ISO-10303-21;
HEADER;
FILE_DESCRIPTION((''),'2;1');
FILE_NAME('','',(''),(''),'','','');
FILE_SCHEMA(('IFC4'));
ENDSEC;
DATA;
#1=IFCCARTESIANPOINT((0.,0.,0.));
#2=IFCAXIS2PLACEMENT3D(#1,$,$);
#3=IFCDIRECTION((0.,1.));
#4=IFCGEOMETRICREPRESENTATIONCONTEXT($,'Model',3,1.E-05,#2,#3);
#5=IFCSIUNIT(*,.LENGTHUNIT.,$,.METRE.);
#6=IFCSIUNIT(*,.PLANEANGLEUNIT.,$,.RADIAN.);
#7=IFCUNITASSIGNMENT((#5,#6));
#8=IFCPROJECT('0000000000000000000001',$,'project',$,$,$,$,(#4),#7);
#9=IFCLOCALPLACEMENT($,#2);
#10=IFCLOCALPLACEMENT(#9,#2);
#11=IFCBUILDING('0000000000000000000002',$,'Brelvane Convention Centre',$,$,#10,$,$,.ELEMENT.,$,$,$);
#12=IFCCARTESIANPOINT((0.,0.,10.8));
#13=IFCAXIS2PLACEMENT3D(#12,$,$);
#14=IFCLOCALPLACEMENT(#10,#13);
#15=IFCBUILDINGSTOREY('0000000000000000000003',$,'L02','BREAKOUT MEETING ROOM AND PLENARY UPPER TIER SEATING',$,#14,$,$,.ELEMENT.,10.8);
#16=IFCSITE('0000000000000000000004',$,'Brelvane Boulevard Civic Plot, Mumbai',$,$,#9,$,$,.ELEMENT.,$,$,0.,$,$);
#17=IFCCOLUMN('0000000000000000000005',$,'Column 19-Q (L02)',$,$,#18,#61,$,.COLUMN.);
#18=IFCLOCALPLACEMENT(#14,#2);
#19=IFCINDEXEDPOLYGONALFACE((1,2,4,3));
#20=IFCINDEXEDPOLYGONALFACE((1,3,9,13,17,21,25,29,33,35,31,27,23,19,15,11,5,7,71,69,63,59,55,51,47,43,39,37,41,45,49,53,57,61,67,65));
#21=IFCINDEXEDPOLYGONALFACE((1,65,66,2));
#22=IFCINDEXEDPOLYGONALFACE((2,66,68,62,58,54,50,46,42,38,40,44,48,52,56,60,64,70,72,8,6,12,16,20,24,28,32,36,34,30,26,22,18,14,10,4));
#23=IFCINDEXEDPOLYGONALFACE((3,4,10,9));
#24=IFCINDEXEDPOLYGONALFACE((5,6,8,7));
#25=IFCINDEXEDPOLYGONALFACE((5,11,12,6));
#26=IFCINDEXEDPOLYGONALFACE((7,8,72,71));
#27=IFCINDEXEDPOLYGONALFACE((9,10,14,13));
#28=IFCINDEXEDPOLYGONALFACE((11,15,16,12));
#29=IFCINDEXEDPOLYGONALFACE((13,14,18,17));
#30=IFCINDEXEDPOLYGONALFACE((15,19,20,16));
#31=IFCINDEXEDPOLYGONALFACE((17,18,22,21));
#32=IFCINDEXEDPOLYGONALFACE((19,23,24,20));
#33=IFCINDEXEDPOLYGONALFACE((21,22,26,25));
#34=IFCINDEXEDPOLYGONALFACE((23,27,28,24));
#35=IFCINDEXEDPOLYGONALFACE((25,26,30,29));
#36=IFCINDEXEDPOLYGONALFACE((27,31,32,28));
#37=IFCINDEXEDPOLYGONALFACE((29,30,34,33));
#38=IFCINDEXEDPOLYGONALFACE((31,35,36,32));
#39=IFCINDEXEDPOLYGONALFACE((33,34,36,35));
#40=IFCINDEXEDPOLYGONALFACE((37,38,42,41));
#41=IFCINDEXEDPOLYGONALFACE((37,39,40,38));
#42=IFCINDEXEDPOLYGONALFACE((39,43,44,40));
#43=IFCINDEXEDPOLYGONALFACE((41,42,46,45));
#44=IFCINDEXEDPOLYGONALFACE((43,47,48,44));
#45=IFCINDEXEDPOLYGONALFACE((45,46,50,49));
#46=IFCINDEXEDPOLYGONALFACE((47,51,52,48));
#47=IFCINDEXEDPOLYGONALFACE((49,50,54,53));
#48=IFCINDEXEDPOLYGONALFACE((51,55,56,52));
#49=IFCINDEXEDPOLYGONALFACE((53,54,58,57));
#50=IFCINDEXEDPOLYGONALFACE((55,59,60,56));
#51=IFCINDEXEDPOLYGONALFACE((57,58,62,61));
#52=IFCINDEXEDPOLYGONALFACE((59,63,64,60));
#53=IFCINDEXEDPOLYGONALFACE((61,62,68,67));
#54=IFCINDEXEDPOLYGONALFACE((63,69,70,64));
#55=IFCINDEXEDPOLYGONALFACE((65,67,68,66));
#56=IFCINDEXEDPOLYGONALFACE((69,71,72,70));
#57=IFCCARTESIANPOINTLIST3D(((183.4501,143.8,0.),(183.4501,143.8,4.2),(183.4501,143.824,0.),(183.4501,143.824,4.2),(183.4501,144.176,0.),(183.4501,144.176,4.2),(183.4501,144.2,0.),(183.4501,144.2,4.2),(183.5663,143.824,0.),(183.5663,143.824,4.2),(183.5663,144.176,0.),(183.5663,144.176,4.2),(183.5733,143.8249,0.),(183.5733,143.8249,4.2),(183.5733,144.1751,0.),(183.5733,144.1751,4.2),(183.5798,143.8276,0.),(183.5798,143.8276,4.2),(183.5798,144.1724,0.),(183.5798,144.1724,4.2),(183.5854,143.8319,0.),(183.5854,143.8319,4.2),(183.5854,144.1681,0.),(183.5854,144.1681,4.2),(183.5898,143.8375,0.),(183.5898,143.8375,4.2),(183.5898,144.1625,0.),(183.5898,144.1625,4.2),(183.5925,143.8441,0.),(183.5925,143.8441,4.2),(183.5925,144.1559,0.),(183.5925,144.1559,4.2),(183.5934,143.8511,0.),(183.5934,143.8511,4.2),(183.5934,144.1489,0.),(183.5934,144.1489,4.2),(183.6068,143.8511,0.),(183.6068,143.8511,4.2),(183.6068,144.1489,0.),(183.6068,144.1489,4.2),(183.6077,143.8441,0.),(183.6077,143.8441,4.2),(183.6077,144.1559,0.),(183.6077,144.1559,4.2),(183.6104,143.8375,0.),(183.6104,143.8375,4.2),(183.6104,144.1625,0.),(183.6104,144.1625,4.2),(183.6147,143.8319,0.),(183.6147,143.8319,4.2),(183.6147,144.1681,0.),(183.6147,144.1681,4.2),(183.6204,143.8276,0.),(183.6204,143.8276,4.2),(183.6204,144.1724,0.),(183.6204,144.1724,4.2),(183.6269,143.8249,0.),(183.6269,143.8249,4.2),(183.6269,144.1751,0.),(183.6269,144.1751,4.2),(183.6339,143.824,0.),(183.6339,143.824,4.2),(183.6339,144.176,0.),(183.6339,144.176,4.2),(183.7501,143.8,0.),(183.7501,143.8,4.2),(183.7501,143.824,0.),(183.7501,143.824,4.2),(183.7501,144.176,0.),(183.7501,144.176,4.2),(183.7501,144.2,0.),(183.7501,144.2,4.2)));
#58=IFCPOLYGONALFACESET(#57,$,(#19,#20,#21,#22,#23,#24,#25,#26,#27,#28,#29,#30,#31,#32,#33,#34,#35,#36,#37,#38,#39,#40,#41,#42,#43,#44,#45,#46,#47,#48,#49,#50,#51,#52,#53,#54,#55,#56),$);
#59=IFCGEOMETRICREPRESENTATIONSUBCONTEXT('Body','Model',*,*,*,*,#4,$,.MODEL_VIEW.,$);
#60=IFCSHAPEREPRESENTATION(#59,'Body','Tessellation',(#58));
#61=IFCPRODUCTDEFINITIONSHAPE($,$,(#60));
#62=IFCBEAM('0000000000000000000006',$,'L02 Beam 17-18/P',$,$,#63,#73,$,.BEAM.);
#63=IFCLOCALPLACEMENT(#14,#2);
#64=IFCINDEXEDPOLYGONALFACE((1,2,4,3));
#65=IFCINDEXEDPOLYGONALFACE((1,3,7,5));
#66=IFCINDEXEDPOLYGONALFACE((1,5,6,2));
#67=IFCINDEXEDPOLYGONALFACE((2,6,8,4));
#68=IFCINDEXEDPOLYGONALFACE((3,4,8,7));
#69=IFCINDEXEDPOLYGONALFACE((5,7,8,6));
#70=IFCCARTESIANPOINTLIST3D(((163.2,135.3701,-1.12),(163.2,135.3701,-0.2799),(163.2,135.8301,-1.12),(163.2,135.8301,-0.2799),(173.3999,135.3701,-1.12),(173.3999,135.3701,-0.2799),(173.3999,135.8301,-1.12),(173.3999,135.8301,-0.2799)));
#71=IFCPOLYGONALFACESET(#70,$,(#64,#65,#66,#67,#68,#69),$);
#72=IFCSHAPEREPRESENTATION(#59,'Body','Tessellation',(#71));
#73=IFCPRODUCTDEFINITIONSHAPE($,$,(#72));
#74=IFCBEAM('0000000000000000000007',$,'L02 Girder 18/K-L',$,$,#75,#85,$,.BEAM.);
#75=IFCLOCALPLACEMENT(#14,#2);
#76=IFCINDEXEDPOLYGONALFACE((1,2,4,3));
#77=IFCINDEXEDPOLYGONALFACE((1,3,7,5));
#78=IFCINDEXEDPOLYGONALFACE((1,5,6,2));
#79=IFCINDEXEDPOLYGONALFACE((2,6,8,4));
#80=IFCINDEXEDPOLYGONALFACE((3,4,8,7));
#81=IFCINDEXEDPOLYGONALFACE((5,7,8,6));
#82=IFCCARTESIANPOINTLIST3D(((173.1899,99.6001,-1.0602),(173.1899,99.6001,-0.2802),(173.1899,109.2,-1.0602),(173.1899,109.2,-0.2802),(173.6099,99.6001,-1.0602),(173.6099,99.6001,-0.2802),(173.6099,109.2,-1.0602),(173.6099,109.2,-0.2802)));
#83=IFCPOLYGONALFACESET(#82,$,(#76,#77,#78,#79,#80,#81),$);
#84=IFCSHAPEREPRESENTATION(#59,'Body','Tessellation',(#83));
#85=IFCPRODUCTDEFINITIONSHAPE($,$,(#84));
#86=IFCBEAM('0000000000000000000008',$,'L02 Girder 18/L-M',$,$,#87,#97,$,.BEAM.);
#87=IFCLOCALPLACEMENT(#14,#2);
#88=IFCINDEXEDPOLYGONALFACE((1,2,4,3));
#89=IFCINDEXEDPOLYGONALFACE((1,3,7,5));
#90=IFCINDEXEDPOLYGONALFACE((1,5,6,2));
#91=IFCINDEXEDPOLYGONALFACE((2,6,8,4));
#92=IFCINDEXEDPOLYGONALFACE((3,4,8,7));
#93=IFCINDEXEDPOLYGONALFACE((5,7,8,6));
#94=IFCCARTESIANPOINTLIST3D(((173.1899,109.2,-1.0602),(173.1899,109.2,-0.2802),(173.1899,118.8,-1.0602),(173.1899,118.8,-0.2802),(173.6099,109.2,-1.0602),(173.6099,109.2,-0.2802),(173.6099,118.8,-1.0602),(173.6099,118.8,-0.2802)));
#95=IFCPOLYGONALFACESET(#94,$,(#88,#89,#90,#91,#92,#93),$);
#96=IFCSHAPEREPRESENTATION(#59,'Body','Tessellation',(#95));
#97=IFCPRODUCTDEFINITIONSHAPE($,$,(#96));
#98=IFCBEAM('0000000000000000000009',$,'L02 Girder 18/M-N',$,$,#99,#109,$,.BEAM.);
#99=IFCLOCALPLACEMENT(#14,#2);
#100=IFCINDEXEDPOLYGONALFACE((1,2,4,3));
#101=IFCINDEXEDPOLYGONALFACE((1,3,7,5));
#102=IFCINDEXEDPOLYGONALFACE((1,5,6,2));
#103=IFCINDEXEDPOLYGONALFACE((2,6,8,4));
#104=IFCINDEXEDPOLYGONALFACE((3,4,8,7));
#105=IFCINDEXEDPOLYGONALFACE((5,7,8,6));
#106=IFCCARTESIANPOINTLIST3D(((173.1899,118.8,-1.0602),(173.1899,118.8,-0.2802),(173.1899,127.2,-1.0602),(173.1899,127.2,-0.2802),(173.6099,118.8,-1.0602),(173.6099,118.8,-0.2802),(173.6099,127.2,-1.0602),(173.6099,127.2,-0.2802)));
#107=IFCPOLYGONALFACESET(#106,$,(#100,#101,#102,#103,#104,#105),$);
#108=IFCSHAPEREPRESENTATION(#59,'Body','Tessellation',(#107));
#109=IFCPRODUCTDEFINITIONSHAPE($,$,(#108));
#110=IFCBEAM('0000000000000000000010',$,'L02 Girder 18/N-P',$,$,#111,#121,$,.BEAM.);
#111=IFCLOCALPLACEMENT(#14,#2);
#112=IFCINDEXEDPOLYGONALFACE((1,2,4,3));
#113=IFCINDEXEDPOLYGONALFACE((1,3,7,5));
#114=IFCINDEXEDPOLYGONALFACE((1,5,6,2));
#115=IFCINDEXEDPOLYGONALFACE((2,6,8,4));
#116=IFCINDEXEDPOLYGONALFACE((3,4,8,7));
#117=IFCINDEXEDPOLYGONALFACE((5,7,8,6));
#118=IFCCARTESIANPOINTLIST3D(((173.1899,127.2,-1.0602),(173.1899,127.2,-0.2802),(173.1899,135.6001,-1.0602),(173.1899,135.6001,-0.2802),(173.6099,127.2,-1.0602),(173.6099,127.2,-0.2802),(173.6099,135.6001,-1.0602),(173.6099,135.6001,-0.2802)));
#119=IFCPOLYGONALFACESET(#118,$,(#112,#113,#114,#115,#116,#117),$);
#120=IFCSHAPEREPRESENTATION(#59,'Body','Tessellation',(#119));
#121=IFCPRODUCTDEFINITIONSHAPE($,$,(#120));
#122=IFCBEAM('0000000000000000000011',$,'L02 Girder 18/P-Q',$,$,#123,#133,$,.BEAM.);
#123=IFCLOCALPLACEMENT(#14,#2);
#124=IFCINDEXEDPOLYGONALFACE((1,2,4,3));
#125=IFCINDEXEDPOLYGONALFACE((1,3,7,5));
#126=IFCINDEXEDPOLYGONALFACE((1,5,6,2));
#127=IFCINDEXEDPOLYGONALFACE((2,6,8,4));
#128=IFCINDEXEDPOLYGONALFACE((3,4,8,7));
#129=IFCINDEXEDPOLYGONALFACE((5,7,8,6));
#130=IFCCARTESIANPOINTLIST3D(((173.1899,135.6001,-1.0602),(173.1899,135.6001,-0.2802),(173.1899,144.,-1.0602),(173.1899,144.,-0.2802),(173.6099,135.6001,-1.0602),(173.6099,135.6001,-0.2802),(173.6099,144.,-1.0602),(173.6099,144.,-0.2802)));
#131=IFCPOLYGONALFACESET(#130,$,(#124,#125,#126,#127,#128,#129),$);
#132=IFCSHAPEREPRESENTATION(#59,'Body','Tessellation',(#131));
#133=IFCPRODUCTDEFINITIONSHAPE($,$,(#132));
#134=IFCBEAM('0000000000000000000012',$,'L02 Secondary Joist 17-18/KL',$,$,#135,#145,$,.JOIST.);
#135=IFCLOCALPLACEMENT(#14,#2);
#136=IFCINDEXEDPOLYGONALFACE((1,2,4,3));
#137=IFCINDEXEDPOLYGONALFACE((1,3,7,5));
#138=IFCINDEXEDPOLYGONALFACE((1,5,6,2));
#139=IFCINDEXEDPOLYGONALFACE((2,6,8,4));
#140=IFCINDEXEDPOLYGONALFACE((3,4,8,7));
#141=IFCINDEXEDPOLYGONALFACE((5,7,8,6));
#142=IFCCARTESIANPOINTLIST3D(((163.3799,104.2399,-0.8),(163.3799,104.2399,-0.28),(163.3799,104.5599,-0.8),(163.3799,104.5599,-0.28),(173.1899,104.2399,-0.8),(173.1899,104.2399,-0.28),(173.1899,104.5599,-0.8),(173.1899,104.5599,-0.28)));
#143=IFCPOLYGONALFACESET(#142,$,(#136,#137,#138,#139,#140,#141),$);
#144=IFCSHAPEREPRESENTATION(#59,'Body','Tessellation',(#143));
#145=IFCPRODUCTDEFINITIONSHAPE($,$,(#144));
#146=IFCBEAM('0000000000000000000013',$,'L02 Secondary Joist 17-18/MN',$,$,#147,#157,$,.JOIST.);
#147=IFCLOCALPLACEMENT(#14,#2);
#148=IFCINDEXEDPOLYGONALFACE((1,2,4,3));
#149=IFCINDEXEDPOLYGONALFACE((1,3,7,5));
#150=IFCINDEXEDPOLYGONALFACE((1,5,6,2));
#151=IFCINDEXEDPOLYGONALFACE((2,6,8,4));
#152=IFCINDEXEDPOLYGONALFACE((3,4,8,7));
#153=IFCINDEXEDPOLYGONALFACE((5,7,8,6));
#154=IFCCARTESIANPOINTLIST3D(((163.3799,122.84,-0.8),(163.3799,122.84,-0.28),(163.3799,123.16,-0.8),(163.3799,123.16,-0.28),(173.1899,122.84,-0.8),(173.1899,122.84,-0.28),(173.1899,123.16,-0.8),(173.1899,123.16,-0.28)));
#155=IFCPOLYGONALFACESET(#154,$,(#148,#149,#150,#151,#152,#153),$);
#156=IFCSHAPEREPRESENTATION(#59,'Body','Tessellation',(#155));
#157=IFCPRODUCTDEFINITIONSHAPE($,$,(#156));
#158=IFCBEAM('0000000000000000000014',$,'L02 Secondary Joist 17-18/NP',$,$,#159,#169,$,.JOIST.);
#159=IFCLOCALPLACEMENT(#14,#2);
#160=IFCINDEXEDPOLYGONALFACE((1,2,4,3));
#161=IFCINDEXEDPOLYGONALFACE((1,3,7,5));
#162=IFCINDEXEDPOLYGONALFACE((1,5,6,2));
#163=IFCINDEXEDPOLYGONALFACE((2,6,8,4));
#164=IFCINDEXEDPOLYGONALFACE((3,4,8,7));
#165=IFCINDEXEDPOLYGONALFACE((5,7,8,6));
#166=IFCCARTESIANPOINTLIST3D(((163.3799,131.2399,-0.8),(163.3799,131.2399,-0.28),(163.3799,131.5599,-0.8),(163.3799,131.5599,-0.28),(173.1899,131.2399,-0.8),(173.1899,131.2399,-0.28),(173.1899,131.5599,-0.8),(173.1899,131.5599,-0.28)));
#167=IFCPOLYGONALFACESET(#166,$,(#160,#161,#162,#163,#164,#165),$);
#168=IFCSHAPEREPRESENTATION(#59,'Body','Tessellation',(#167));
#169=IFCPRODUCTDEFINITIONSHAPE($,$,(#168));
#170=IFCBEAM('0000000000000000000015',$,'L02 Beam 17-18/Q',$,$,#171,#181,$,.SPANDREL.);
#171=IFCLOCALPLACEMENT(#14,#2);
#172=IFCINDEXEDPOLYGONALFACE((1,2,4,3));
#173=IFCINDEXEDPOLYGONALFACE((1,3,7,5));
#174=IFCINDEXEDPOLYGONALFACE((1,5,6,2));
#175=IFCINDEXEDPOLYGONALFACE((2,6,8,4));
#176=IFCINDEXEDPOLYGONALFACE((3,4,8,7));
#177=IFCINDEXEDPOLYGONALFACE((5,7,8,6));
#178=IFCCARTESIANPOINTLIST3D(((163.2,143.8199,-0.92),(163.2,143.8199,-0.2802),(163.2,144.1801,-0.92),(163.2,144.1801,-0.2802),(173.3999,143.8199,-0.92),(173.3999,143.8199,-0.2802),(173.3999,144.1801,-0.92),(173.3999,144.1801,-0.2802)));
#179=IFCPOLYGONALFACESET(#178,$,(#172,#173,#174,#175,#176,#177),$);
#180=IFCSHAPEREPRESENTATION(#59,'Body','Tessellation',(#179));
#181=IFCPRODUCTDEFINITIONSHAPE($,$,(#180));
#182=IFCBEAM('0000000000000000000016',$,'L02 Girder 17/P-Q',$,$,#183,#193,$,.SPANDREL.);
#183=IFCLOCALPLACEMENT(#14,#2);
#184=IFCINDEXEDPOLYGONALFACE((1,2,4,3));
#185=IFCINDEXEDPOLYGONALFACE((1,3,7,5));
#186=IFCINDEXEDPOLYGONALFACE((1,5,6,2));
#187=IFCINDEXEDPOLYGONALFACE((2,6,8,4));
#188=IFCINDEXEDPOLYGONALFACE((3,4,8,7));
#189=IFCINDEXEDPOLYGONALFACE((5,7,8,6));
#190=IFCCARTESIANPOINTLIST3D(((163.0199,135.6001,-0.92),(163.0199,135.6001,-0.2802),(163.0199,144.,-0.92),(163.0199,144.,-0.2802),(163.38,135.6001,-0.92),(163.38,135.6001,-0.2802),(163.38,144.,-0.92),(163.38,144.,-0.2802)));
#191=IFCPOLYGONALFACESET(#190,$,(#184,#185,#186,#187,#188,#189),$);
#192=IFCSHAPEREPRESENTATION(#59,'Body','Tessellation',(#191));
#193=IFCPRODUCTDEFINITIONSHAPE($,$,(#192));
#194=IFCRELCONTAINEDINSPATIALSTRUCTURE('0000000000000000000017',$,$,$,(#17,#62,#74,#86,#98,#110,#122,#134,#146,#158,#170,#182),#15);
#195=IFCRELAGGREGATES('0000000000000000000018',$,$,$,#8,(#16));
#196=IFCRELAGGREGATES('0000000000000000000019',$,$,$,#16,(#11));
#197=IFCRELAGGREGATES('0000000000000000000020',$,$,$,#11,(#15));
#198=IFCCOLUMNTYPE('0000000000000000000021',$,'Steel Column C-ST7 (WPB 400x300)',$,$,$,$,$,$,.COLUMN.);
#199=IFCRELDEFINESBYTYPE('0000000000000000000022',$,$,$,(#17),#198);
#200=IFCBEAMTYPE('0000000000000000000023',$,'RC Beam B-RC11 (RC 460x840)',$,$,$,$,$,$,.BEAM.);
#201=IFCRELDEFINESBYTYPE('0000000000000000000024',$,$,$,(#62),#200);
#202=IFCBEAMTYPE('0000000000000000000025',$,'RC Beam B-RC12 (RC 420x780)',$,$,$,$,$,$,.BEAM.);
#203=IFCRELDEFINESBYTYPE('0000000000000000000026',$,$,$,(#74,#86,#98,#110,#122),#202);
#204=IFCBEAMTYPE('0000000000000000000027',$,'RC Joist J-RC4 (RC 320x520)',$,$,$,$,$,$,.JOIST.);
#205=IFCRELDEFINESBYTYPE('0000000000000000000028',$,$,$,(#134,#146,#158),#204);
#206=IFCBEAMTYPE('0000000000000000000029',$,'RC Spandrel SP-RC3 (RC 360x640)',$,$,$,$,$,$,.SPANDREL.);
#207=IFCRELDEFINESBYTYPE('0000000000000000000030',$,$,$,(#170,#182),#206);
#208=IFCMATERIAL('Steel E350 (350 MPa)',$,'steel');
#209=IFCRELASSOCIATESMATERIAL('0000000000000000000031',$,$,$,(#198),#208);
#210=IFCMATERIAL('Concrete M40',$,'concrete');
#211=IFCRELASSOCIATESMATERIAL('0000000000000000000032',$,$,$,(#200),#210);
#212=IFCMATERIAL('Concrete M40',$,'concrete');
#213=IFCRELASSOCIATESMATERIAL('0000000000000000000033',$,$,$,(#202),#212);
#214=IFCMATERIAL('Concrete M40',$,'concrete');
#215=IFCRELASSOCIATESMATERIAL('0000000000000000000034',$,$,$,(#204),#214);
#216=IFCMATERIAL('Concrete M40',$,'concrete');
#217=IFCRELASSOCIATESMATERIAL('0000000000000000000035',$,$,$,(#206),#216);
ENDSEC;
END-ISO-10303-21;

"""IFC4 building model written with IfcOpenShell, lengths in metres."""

from ifc_helpers import new_model, si_unit, direction, frame, origin, origin_2d, place, context, subcontext, project, spatial, rectangle, i_section, extrude, material, material_profile, profile_set, type_object, element, save


model = new_model("IFC4")

# Units and contexts
model_context = context("Model", 3, precision=1e-05, world=origin(), true_north=direction((0.0, 1.0)))
body_context = subcontext(model_context, "Body", "Model", "MODEL_VIEW")
ifc_project = project(units=[si_unit("LENGTHUNIT", "METRE"), si_unit("PLANEANGLEUNIT", "RADIAN")], contexts=[model_context])

# Site, building, storey
site_placement = place(None, origin())
site = spatial("IfcSite", under=ifc_project, at=site_placement, Name="Brelvane Boulevard Civic Plot, Mumbai", CompositionType="ELEMENT", RefElevation=0.0)
building_placement = place(site_placement, origin())
building = spatial("IfcBuilding", under=site, at=building_placement, Name="Brelvane Convention Centre", CompositionType="ELEMENT")
storey_placement = place(building_placement, frame((0.0, 0.0, 10.8)))
storey = spatial("IfcBuildingStorey", under=building, at=storey_placement, Name="L02", Description="BREAKOUT MEETING ROOM AND PLENARY UPPER TIER SEATING", CompositionType="ELEMENT", Elevation=10.8)

# Column
ifc_material_1 = material(Name="Steel E350 (350 MPa)", Category="steel")
ifc_material_profile_1 = material_profile(ifc_material_1, i_section(OverallWidth=0.3, OverallDepth=0.3999, WebThickness=0.0134, FlangeThickness=0.0239, FilletRadius=0.0271, at=origin_2d()), Name="WPB 400x300")
ifc_profile_set_1 = profile_set([ifc_material_profile_1], Name="Steel E350 (350 MPa)")
column_type_1 = type_object("IfcColumnType", Name="Steel Column C-ST7 (WPB 400x300)", PredefinedType="COLUMN", material=ifc_profile_set_1)
for number, where, z_axis, x_axis, name in (
    (1, (183.6001, 144.0, 0.0), (0.0, 0.0, 1.0), (1.0, 0.0, 0.0), "Column 19-Q (L02)"),
):
    element("IfcColumn", number, at=place(storey_placement, frame(where, z_axis=z_axis, x_axis=x_axis)), inside=storey, type_object=column_type_1, Name=name, PredefinedType="COLUMN", context=body_context, shape_type="SweptSolid", body=[
        extrude(i_section(OverallWidth=0.3, OverallDepth=0.3999, WebThickness=0.0134, FlangeThickness=0.0239, FilletRadius=0.0271, at=origin_2d()), origin(), (0.0, 0.0, 1.0), 4.2),
    ])

# Beams
ifc_material_2 = material(Name="Concrete M40", Category="concrete")
ifc_material_profile_2 = material_profile(ifc_material_2, rectangle(XDim=0.46, YDim=0.8401, at=origin_2d()), Name="RC 460x840")
ifc_profile_set_2 = profile_set([ifc_material_profile_2], Name="Concrete M40")
beam_type_1 = type_object("IfcBeamType", Name="RC Beam B-RC11 (RC 460x840)", PredefinedType="BEAM", material=ifc_profile_set_2)
beam_1_placement = place(storey_placement, frame((163.2, 135.6001, -0.7), z_axis=(1.0, 0.0, 0.0), x_axis=(0.0, 1.0, 0.0)))
element("IfcBeam", 2, at=beam_1_placement, inside=storey, type_object=beam_type_1, Name="L02 Beam 17-18/P", PredefinedType="BEAM", context=body_context, shape_type="SweptSolid", body=[
    extrude(rectangle(XDim=0.46, YDim=0.8401, at=origin_2d()), origin(), (0.0, 0.0, 1.0), 10.2),
])
ifc_material_3 = material(Name="Concrete M40", Category="concrete")
ifc_material_profile_3 = material_profile(ifc_material_3, rectangle(XDim=0.4199, YDim=0.78, at=origin_2d()), Name="RC 420x780")
ifc_profile_set_3 = profile_set([ifc_material_profile_3], Name="Concrete M40")
beam_type_2 = type_object("IfcBeamType", Name="RC Beam B-RC12 (RC 420x780)", PredefinedType="BEAM", material=ifc_profile_set_3)
beam_2_placement = place(storey_placement, frame((173.3999, 99.6001, -0.6702), z_axis=(0.0, 1.0, 0.0), x_axis=(-1.0, 0.0, 0.0)))
element("IfcBeam", 3, at=beam_2_placement, inside=storey, type_object=beam_type_2, Name="L02 Girder 18/K-L", PredefinedType="BEAM", context=body_context, shape_type="SweptSolid", body=[
    extrude(rectangle(XDim=0.4199, YDim=0.78, at=origin_2d()), origin(), (0.0, 0.0, 1.0), 9.5999),
])
beam_3_placement = place(storey_placement, frame((173.3999, 109.2, -0.6702), z_axis=(0.0, 1.0, 0.0), x_axis=(-1.0, 0.0, 0.0)))
element("IfcBeam", 4, at=beam_3_placement, inside=storey, type_object=beam_type_2, Name="L02 Girder 18/L-M", PredefinedType="BEAM", context=body_context, shape_type="SweptSolid", body=[
    extrude(rectangle(XDim=0.4199, YDim=0.78, at=origin_2d()), origin(), (0.0, 0.0, 1.0), 9.6001),
])
beam_4_placement = place(storey_placement, frame((173.3999, 118.8, -0.6702), z_axis=(0.0, 1.0, 0.0), x_axis=(-1.0, 0.0, 0.0)))
element("IfcBeam", 5, at=beam_4_placement, inside=storey, type_object=beam_type_2, Name="L02 Girder 18/M-N", PredefinedType="BEAM", context=body_context, shape_type="SweptSolid", body=[
    extrude(rectangle(XDim=0.4199, YDim=0.78, at=origin_2d()), origin(), (0.0, 0.0, 1.0), 8.3999),
])
beam_5_placement = place(storey_placement, frame((173.3999, 127.2, -0.6702), z_axis=(0.0, 1.0, 0.0), x_axis=(-1.0, 0.0, 0.0)))
element("IfcBeam", 6, at=beam_5_placement, inside=storey, type_object=beam_type_2, Name="L02 Girder 18/N-P", PredefinedType="BEAM", context=body_context, shape_type="SweptSolid", body=[
    extrude(rectangle(XDim=0.4199, YDim=0.78, at=origin_2d()), origin(), (0.0, 0.0, 1.0), 8.4001),
])
beam_6_placement = place(storey_placement, frame((173.3999, 135.6001, -0.6702), z_axis=(0.0, 1.0, 0.0), x_axis=(-1.0, 0.0, 0.0)))
element("IfcBeam", 7, at=beam_6_placement, inside=storey, type_object=beam_type_2, Name="L02 Girder 18/P-Q", PredefinedType="BEAM", context=body_context, shape_type="SweptSolid", body=[
    extrude(rectangle(XDim=0.4199, YDim=0.78, at=origin_2d()), origin(), (0.0, 0.0, 1.0), 8.3999),
])
ifc_material_4 = material(Name="Concrete M40", Category="concrete")
ifc_material_profile_4 = material_profile(ifc_material_4, rectangle(XDim=0.3201, YDim=0.52, at=origin_2d()), Name="RC 320x520")
ifc_profile_set_4 = profile_set([ifc_material_profile_4], Name="Concrete M40")
beam_type_3 = type_object("IfcBeamType", Name="RC Joist J-RC4 (RC 320x520)", PredefinedType="JOIST", material=ifc_profile_set_4)
for number, where, z_axis, x_axis, name in (
    (8, (163.3799, 104.3999, -0.54), (1.0, 0.0, 0.0), (0.0, 1.0, 0.0), "L02 Secondary Joist 17-18/KL"),
    (9, (163.3799, 123.0, -0.54), (1.0, 0.0, 0.0), (0.0, 1.0, 0.0), "L02 Secondary Joist 17-18/MN"),
    (10, (163.3799, 131.3999, -0.54), (1.0, 0.0, 0.0), (0.0, 1.0, 0.0), "L02 Secondary Joist 17-18/NP"),
):
    element("IfcBeam", number, at=place(storey_placement, frame(where, z_axis=z_axis, x_axis=x_axis)), inside=storey, type_object=beam_type_3, Name=name, PredefinedType="JOIST", context=body_context, shape_type="SweptSolid", body=[
        extrude(rectangle(XDim=0.3201, YDim=0.52, at=origin_2d()), origin(), (0.0, 0.0, 1.0), 9.8101),
    ])
ifc_material_5 = material(Name="Concrete M40", Category="concrete")
ifc_material_profile_5 = material_profile(ifc_material_5, rectangle(XDim=0.3601, YDim=0.6399, at=origin_2d()), Name="RC 360x640")
ifc_profile_set_5 = profile_set([ifc_material_profile_5], Name="Concrete M40")
beam_type_4 = type_object("IfcBeamType", Name="RC Spandrel SP-RC3 (RC 360x640)", PredefinedType="SPANDREL", material=ifc_profile_set_5)
beam_7_placement = place(storey_placement, frame((163.2, 144.0, -0.6001), z_axis=(1.0, 0.0, 0.0), x_axis=(0.0, 1.0, 0.0)))
element("IfcBeam", 11, at=beam_7_placement, inside=storey, type_object=beam_type_4, Name="L02 Beam 17-18/Q", PredefinedType="SPANDREL", context=body_context, shape_type="SweptSolid", body=[
    extrude(rectangle(XDim=0.3601, YDim=0.6399, at=origin_2d()), origin(), (0.0, 0.0, 1.0), 10.2),
])
beam_8_placement = place(storey_placement, frame((163.2, 135.6001, -0.6001), z_axis=(0.0, 1.0, 0.0), x_axis=(-1.0, 0.0, 0.0)))
element("IfcBeam", 12, at=beam_8_placement, inside=storey, type_object=beam_type_4, Name="L02 Girder 17/P-Q", PredefinedType="SPANDREL", context=body_context, shape_type="SweptSolid", body=[
    extrude(rectangle(XDim=0.3601, YDim=0.6399, at=origin_2d()), origin(), (0.0, 0.0, 1.0), 8.3999),
])

save(model, "model.ifc")
